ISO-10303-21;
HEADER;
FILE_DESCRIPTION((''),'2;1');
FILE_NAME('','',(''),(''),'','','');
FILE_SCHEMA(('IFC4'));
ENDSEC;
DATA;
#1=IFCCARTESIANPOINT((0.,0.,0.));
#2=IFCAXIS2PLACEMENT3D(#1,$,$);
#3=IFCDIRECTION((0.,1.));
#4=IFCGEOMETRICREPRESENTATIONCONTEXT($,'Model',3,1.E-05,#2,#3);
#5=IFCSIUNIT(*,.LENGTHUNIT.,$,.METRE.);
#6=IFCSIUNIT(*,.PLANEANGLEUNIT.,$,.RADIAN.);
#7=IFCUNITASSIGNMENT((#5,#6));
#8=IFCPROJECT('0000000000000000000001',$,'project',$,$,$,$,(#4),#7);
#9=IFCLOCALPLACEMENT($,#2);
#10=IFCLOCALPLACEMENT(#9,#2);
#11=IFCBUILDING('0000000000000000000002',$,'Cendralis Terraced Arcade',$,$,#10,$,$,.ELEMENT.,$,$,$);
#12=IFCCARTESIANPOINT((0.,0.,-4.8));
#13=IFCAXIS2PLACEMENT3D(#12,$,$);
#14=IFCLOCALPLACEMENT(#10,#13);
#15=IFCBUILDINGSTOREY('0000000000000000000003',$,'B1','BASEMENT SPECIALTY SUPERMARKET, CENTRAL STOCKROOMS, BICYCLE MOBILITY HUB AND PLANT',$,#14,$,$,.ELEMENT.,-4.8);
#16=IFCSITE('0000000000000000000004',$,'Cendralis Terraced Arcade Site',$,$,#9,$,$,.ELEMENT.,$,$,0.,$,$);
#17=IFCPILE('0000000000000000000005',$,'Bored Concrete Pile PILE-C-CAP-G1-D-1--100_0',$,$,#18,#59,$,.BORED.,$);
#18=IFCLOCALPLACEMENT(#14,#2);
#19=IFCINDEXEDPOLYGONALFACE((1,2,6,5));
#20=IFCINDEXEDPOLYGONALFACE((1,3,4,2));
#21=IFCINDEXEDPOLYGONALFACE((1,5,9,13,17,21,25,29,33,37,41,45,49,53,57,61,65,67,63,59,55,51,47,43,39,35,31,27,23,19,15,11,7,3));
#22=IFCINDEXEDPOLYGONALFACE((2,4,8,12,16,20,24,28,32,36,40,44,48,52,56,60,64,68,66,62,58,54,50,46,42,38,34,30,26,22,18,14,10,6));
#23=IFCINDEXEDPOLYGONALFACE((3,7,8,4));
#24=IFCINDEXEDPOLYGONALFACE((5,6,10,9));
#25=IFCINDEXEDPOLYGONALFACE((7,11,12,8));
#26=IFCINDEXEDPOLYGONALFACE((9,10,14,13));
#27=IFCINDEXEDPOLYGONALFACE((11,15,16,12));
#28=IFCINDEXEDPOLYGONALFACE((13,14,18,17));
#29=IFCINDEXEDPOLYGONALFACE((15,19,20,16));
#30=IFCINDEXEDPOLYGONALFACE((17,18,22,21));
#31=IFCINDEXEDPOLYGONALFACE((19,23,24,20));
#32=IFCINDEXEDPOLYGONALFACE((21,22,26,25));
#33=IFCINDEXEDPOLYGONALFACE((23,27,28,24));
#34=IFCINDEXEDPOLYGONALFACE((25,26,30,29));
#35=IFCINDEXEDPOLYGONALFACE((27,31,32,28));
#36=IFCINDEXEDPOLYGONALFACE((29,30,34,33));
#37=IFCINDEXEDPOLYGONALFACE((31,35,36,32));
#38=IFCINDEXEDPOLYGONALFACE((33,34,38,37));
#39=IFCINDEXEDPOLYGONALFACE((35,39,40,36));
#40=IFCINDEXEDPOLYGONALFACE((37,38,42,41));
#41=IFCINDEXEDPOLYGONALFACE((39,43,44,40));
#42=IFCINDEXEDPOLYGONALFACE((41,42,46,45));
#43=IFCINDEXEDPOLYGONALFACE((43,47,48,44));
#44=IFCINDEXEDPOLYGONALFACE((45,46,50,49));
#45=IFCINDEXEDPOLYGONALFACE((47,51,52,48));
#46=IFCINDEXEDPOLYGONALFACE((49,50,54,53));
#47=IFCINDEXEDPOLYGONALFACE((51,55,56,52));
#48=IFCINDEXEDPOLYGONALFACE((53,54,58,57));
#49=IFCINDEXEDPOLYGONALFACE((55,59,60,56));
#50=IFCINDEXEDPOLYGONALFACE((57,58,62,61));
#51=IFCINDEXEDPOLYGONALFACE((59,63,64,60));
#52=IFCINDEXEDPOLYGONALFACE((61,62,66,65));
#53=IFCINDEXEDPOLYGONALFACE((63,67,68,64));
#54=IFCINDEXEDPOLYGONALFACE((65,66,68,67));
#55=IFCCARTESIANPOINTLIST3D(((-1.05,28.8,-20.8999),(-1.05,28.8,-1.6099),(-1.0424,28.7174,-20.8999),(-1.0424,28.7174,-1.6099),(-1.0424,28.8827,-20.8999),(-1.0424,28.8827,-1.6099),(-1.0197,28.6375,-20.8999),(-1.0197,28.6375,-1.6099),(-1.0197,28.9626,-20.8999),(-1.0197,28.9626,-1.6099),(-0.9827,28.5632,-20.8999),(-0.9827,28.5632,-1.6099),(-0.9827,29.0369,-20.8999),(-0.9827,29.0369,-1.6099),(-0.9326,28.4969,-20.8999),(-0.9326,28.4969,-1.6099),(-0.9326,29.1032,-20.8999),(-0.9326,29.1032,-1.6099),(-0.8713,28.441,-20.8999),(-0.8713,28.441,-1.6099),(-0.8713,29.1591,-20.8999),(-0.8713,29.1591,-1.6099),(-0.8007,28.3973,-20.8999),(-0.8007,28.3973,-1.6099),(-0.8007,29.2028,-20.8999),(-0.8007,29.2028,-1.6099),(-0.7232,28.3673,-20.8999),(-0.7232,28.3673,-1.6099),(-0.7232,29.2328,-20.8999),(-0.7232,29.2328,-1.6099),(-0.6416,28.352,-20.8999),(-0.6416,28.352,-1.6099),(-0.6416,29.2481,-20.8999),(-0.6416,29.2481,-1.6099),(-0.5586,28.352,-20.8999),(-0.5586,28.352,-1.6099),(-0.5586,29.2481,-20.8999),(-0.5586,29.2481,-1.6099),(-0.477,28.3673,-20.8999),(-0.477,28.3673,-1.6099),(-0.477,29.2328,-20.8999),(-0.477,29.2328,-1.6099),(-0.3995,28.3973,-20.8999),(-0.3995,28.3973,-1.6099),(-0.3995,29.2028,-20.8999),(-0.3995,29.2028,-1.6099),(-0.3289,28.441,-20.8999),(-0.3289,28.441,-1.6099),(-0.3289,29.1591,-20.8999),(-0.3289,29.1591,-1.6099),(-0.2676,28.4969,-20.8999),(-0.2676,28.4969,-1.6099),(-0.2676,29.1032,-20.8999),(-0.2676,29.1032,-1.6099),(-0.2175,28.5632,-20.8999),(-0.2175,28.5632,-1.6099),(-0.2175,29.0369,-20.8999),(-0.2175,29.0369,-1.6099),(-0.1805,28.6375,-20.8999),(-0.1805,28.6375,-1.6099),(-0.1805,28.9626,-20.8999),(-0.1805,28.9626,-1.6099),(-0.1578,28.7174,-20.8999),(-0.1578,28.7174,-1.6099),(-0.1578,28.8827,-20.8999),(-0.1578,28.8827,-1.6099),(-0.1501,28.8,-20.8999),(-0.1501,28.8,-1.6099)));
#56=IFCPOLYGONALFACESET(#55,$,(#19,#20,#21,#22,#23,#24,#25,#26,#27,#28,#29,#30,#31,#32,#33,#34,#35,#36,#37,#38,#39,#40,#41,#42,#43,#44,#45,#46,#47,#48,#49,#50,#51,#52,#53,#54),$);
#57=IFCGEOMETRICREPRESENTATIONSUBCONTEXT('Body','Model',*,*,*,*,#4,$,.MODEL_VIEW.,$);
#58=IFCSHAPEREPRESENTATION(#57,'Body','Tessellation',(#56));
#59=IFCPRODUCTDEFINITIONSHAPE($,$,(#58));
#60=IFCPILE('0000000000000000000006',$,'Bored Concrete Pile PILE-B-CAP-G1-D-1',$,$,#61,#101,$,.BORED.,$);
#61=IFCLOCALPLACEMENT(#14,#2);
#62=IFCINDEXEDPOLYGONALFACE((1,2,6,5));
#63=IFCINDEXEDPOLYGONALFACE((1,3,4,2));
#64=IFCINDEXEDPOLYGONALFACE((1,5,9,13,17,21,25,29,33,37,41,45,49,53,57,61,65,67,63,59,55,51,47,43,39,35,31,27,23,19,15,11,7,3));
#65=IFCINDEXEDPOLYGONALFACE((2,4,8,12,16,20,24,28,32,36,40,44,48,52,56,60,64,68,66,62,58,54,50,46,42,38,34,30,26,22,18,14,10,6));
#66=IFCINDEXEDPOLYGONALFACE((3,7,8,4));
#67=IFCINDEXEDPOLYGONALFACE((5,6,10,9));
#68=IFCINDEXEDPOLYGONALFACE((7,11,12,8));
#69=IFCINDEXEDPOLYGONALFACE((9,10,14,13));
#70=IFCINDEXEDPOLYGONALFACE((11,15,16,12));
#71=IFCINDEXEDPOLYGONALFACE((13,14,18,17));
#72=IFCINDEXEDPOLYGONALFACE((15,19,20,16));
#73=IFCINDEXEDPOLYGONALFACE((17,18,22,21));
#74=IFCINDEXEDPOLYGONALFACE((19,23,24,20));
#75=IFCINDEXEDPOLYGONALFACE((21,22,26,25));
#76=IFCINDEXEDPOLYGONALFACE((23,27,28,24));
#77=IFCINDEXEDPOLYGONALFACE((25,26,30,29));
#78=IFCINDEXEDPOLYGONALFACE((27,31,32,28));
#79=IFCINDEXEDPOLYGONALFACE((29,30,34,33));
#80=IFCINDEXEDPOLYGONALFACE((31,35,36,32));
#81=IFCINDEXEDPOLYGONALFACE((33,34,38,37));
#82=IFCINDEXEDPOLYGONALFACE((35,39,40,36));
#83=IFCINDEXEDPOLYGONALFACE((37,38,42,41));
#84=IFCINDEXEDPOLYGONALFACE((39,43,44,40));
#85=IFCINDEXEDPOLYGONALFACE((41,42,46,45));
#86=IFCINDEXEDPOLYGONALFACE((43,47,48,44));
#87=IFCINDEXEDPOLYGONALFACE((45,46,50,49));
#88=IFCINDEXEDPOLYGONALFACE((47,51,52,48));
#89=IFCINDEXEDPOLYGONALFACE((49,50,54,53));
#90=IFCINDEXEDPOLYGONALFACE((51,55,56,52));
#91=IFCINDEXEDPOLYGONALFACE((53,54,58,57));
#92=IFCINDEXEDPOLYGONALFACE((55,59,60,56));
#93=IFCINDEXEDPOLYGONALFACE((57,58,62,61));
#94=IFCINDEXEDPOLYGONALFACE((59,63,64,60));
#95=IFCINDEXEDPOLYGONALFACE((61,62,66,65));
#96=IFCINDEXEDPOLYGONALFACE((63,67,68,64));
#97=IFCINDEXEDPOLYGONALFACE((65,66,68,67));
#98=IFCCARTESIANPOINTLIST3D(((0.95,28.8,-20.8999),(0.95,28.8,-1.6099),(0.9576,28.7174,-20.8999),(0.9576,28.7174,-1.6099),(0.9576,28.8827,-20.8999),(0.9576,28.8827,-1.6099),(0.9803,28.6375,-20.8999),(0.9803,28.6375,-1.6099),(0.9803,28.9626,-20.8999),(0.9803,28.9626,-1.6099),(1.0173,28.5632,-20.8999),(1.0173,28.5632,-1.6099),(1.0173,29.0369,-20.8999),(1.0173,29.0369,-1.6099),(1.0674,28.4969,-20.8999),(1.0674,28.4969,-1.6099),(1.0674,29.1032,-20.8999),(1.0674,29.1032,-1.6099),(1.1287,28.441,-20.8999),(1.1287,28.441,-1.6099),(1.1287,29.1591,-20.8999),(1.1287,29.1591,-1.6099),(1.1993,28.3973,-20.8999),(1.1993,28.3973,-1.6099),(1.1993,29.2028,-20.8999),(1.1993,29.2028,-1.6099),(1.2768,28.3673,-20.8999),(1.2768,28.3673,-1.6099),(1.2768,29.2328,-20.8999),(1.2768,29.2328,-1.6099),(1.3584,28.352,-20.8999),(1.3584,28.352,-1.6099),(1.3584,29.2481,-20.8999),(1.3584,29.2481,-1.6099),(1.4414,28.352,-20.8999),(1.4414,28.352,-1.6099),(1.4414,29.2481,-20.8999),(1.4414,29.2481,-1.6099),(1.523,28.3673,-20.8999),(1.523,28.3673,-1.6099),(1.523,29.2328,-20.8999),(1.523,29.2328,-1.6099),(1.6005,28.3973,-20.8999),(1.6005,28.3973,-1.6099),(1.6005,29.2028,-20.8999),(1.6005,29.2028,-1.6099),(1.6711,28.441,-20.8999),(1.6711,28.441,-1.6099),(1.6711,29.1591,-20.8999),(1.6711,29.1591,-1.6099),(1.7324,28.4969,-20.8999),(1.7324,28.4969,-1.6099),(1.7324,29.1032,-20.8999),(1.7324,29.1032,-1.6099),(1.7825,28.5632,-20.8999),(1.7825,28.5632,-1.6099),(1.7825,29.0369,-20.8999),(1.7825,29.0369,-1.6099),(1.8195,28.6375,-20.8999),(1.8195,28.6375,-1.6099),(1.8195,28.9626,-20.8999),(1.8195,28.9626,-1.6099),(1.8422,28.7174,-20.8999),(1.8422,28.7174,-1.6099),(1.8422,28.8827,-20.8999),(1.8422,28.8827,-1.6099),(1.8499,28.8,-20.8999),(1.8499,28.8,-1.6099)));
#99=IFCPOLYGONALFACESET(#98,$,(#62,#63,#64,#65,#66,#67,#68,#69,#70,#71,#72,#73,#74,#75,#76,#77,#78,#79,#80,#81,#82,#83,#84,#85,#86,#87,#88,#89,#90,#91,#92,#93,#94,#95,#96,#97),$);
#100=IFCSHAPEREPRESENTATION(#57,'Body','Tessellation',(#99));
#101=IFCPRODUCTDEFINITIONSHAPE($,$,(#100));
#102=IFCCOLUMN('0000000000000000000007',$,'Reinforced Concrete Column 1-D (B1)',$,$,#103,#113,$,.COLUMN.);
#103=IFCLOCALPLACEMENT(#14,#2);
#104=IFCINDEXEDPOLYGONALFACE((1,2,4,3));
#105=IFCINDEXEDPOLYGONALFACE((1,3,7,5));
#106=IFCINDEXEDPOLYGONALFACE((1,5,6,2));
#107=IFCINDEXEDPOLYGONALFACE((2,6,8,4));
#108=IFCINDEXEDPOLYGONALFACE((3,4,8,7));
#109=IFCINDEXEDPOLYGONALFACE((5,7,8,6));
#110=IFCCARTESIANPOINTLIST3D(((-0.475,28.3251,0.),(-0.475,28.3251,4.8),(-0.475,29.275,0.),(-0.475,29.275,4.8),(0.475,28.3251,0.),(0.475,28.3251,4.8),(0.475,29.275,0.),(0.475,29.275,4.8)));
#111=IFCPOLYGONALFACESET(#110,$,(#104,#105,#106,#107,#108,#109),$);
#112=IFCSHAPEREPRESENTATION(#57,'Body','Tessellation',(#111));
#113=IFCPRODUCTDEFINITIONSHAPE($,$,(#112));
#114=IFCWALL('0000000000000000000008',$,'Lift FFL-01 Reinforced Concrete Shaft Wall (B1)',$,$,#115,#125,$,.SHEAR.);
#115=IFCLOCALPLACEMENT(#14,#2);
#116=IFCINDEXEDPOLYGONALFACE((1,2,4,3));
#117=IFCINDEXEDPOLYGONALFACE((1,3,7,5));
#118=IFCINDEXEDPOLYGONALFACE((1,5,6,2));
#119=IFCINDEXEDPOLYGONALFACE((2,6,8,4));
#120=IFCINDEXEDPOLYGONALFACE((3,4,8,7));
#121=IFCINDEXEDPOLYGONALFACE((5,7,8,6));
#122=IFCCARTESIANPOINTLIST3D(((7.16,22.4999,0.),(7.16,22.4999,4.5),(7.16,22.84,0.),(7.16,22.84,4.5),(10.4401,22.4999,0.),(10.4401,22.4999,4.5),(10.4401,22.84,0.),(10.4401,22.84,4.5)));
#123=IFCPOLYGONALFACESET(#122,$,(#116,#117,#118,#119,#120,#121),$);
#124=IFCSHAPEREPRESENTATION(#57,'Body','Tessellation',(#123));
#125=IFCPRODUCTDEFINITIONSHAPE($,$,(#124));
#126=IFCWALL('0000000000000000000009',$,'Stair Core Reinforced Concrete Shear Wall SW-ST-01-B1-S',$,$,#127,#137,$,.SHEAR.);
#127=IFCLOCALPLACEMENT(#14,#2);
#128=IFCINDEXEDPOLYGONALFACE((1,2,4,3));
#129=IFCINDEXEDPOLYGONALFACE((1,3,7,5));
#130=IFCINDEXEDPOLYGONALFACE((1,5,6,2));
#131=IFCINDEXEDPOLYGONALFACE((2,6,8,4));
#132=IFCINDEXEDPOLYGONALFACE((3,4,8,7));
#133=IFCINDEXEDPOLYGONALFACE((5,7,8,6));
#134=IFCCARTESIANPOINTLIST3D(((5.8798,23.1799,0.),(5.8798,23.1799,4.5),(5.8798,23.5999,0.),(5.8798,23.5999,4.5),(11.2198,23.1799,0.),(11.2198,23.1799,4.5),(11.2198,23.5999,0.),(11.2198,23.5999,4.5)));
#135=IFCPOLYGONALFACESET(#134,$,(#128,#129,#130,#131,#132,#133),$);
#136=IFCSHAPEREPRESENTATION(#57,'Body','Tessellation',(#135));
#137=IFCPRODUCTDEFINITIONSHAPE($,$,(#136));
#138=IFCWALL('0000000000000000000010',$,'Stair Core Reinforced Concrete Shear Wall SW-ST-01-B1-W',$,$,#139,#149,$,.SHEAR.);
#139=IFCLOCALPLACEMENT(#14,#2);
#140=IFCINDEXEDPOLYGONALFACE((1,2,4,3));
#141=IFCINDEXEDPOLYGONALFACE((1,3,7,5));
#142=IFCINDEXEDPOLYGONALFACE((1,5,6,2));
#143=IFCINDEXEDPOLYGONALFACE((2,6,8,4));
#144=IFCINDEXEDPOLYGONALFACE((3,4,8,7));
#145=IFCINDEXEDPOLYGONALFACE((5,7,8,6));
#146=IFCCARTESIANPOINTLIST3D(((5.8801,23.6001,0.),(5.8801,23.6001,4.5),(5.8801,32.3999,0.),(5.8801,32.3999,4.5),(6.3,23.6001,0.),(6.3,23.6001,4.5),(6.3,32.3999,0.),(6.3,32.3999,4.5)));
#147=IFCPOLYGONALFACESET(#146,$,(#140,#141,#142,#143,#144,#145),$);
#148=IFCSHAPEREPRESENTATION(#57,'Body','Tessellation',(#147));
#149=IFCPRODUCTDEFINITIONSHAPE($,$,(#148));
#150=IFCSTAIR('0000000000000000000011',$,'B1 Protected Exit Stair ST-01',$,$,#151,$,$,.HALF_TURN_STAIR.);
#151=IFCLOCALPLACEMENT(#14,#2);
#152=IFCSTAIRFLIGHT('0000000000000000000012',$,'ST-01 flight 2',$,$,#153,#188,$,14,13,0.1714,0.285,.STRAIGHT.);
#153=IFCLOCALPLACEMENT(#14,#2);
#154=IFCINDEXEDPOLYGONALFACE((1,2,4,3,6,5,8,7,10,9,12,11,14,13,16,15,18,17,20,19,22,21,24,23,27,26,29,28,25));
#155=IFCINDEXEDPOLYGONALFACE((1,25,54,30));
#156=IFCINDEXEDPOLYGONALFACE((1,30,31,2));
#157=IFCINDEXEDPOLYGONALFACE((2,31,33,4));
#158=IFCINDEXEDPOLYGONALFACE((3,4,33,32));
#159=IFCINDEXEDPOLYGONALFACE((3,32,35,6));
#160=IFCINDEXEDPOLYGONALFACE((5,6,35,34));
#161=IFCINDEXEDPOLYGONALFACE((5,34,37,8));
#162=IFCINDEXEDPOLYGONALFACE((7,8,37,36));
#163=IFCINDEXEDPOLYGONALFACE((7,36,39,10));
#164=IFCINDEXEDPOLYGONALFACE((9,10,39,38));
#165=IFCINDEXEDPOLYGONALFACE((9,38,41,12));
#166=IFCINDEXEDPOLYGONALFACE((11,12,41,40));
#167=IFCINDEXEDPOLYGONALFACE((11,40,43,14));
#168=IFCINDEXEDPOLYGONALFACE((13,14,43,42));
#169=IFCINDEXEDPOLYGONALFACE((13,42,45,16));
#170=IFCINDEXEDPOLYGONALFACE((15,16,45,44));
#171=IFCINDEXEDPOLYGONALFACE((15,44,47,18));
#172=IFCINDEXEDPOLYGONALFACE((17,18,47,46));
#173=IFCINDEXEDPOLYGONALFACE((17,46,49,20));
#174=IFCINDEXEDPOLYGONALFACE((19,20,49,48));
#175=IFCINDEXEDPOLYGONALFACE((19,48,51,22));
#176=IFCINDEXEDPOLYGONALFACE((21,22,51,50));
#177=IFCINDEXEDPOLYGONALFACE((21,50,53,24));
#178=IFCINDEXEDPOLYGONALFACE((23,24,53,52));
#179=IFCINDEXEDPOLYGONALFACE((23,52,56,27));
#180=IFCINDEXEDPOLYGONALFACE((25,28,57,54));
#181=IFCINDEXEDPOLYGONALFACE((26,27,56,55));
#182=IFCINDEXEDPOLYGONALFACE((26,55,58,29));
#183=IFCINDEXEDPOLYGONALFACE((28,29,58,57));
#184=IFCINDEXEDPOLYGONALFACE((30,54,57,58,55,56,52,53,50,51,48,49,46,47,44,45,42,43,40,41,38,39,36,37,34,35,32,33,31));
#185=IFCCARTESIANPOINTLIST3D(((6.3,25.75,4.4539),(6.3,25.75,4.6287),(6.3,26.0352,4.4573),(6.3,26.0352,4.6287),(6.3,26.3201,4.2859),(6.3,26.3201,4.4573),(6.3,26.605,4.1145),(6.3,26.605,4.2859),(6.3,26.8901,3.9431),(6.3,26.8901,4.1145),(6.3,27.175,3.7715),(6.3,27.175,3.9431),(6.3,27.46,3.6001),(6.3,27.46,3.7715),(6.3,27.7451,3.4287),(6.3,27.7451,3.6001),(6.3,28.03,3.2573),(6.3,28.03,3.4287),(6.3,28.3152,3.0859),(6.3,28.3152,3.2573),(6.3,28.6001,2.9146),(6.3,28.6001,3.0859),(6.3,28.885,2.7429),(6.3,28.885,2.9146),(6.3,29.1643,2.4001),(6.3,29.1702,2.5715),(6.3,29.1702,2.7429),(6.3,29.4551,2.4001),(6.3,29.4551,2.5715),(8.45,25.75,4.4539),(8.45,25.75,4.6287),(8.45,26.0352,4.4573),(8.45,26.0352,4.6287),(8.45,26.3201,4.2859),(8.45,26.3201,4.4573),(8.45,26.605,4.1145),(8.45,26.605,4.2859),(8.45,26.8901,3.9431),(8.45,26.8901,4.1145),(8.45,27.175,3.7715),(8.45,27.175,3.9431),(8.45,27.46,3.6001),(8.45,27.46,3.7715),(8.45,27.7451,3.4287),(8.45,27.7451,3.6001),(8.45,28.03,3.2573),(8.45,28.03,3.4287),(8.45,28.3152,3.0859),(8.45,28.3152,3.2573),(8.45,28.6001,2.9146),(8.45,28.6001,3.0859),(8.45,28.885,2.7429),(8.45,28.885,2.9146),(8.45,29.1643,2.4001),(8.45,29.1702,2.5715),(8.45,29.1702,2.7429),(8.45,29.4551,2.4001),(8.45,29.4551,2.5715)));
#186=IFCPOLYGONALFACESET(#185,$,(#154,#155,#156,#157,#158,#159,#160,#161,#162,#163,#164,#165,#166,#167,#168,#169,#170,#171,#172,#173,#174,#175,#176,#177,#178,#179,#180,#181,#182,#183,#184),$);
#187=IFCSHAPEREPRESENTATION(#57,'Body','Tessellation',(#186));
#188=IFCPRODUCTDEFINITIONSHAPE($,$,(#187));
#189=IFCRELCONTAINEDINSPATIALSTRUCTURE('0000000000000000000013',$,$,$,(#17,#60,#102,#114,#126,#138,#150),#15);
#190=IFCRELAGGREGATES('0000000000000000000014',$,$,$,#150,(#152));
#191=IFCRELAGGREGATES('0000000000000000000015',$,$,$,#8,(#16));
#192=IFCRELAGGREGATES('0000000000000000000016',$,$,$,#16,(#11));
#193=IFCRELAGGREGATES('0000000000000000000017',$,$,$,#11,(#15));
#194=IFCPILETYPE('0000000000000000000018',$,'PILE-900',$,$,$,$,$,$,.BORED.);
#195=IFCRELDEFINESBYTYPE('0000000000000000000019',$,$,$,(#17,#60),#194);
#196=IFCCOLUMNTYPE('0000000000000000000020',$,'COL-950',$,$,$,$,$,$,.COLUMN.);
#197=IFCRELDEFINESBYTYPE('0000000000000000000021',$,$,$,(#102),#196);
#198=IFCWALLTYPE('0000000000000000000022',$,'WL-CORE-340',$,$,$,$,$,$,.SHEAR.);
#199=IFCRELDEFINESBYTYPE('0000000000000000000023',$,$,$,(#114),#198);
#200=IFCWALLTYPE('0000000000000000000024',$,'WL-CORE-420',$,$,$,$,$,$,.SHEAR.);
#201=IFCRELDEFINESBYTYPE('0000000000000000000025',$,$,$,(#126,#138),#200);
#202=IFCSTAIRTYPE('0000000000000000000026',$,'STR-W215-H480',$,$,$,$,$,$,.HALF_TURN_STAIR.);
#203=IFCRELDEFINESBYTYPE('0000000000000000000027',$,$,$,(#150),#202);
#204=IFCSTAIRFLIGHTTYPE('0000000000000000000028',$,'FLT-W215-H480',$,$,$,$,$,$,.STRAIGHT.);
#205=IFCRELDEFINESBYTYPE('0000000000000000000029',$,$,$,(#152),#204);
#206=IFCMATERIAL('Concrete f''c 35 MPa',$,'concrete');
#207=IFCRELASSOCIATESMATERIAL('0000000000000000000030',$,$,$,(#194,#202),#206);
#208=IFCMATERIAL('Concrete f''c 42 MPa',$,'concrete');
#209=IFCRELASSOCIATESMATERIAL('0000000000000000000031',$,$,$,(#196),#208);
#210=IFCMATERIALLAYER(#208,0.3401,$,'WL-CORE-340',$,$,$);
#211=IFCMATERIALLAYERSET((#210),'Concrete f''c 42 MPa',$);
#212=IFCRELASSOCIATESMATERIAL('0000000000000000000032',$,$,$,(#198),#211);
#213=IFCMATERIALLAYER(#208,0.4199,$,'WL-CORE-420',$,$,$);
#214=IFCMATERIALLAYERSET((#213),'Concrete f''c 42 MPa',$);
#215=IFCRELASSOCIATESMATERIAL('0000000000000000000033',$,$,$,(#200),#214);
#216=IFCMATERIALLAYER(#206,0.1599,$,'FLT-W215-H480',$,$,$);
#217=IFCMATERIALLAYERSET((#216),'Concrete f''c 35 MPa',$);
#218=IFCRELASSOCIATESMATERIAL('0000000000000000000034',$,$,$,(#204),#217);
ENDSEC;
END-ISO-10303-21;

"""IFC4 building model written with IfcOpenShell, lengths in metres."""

from ifc_helpers import new_model, si_unit, direction, frame, frame_2d, origin, origin_2d, place, context, subcontext, project, spatial, polyline, rectangle, circle, outline, extrude, material, layer, layer_set, material_profile, profile_set, type_object, element, aggregate, save


model = new_model("IFC4")

# Units and contexts
model_context = context("Model", 3, precision=1e-05, world=origin(), true_north=direction((0.0, 1.0)))
body_context = subcontext(model_context, "Body", "Model", "MODEL_VIEW")
ifc_project = project(units=[si_unit("LENGTHUNIT", "METRE"), si_unit("PLANEANGLEUNIT", "RADIAN")], contexts=[model_context])

# Site, building, storey
site_placement = place(None, origin())
site = spatial("IfcSite", under=ifc_project, at=site_placement, Name="Cendralis Terraced Arcade Site", CompositionType="ELEMENT", RefElevation=0.0)
building_placement = place(site_placement, origin())
building = spatial("IfcBuilding", under=site, at=building_placement, Name="Cendralis Terraced Arcade", CompositionType="ELEMENT")
storey_placement = place(building_placement, frame((0.0, 0.0, -4.8)))
storey = spatial("IfcBuildingStorey", under=building, at=storey_placement, Name="B1", Description="BASEMENT SPECIALTY SUPERMARKET, CENTRAL STOCKROOMS, BICYCLE MOBILITY HUB AND PLANT", CompositionType="ELEMENT", Elevation=-4.8)

# Shared definitions
ifc_material_1 = material(Name="Concrete f'c 35 MPa", Category="concrete")

# Piles
ifc_material_profile_1 = material_profile(ifc_material_1, circle(Radius=0.45, at=origin_2d()), Name="PILE-D900", Category="LoadBearing")
ifc_profile_set_1 = profile_set([ifc_material_profile_1], Name="Concrete f'c 35 MPa")
pile_type_1 = type_object("IfcPileType", Name="PILE-900", PredefinedType="BORED", material=ifc_profile_set_1)
for number, where, z_axis, x_axis, name in (
    (1, (-0.6001, 28.8, -1.6099), (0.0, 0.0, -1.0), (1.0, 0.0, 0.0), "Bored Concrete Pile PILE-C-CAP-G1-D-1--100_0"),
    (2, (1.3999, 28.8, -1.6099), (0.0, 0.0, -1.0), (1.0, 0.0, 0.0), "Bored Concrete Pile PILE-B-CAP-G1-D-1"),
):
    element("IfcPile", number, at=place(storey_placement, frame(where, z_axis=z_axis, x_axis=x_axis)), inside=storey, type_object=pile_type_1, Name=name, PredefinedType="BORED", context=body_context, shape_type="SweptSolid", body=[
        extrude(circle(Radius=0.45, at=origin_2d()), origin(), (0.0, 0.0, 1.0), 19.29),
    ])

# Column
ifc_material_2 = material(Name="Concrete f'c 42 MPa", Category="concrete")
ifc_material_profile_2 = material_profile(ifc_material_2, rectangle(XDim=0.95, YDim=0.95, at=origin_2d()), Name="RC-COL-950x950", Category="LoadBearing")
ifc_profile_set_2 = profile_set([ifc_material_profile_2], Name="Concrete f'c 42 MPa")
column_type = type_object("IfcColumnType", Name="COL-950", PredefinedType="COLUMN", material=ifc_profile_set_2)
column_placement = place(storey_placement, frame((0.0, 28.8, 0.0), z_axis=(0.0, 0.0, 1.0), x_axis=(1.0, 0.0, 0.0)))
element("IfcColumn", 3, at=column_placement, inside=storey, type_object=column_type, Name="Reinforced Concrete Column 1-D (B1)", PredefinedType="COLUMN", context=body_context, shape_type="SweptSolid", body=[
    extrude(rectangle(XDim=0.95, YDim=0.95, at=origin_2d()), origin(), (0.0, 0.0, 1.0), 4.8),
])

# Walls
ifc_layer_1 = layer(ifc_material_2, 0.3401, Name="WL-CORE-340")
ifc_layer_set_1 = layer_set([ifc_layer_1], Name="Concrete f'c 42 MPa")
wall_type_1 = type_object("IfcWallType", Name="WL-CORE-340", PredefinedType="SHEAR", material=ifc_layer_set_1)
wall_1_placement = place(storey_placement, frame((7.1599, 22.6699, 0.0), z_axis=(0.0, 0.0, 1.0), x_axis=(1.0, 0.0, 0.0)))
element("IfcWall", 4, at=wall_1_placement, inside=storey, type_object=wall_type_1, Name="Lift FFL-01 Reinforced Concrete Shaft Wall (B1)", PredefinedType="SHEAR", context=body_context, shape_type="SweptSolid", body=[
    extrude(rectangle(XDim=3.28, YDim=0.3401, at=frame_2d((1.6401, 0.0))), origin(), (0.0, 0.0, 1.0), 4.5),
])
ifc_layer_2 = layer(ifc_material_2, 0.4199, Name="WL-CORE-420")
ifc_layer_set_2 = layer_set([ifc_layer_2], Name="Concrete f'c 42 MPa")
wall_type_2 = type_object("IfcWallType", Name="WL-CORE-420", PredefinedType="SHEAR", material=ifc_layer_set_2)
wall_2_placement = place(storey_placement, frame((5.8799, 23.3899, 0.0), z_axis=(0.0, 0.0, 1.0), x_axis=(1.0, 0.0, 0.0)))
element("IfcWall", 5, at=wall_2_placement, inside=storey, type_object=wall_type_2, Name="Stair Core Reinforced Concrete Shear Wall SW-ST-01-B1-S", PredefinedType="SHEAR", context=body_context, shape_type="SweptSolid", body=[
    extrude(rectangle(XDim=5.3401, YDim=0.4199, at=frame_2d((2.6699, 0.0))), origin(), (0.0, 0.0, 1.0), 4.5),
])
wall_3_placement = place(storey_placement, frame((6.0901, 23.6001, 0.0), z_axis=(0.0, 0.0, 1.0), x_axis=(0.0, 1.0, 0.0)))
element("IfcWall", 6, at=wall_3_placement, inside=storey, type_object=wall_type_2, Name="Stair Core Reinforced Concrete Shear Wall SW-ST-01-B1-W", PredefinedType="SHEAR", context=body_context, shape_type="SweptSolid", body=[
    extrude(rectangle(XDim=8.7998, YDim=0.4199, at=frame_2d((4.3999, 0.0))), origin(), (0.0, 0.0, 1.0), 4.5),
])

# Stair, stair flight
stair_type = type_object("IfcStairType", Name="STR-W215-H480", PredefinedType="HALF_TURN_STAIR", material=ifc_material_1)
stair_placement = place(storey_placement, origin())
stair = element("IfcStair", 7, at=stair_placement, inside=storey, type_object=stair_type, Name="B1 Protected Exit Stair ST-01", PredefinedType="HALF_TURN_STAIR")
ifc_layer_3 = layer(ifc_material_1, 0.1599, Name="FLT-W215-H480")
ifc_layer_set_3 = layer_set([ifc_layer_3], Name="Concrete f'c 35 MPa")
stair_flight_type = type_object("IfcStairFlightType", Name="FLT-W215-H480", PredefinedType="STRAIGHT", material=ifc_layer_set_3)
stair_flight_placement = place(storey_placement, frame((7.375, 29.4551, 2.4001), z_axis=(0.0, 0.0, 1.0), x_axis=(0.0, -1.0, 0.0)))
stair_flight = element("IfcStairFlight", 8, at=stair_flight_placement, type_object=stair_flight_type, Name="ST-01 flight 2", NumberOfRisers=14, NumberOfTreads=13, PredefinedType="STRAIGHT", RiserHeight=0.1714, TreadLength=0.285, context=body_context, shape_type="SweptSolid", body=[
    extrude(outline(polyline([(0.0, 0.0), (0.0, 0.1714), (0.2849, 0.1714), (0.2849, 0.3428), (0.5701, 0.3428), (0.5701, 0.5144), (0.855, 0.5144), (0.855, 0.6858), (1.1399, 0.6858), (1.1399, 0.8572), (1.425, 0.8572), (1.425, 1.0286), (1.71, 1.0286), (1.71, 1.2), (1.9951, 1.2), (1.9951, 1.3713), (2.28, 1.3713), (2.28, 1.543), (2.5649, 1.543), (2.5649, 1.7144), (2.8501, 1.7144), (2.8501, 1.8857), (3.135, 1.8857), (3.135, 2.0571), (3.4199, 2.0571), (3.4199, 2.2285), (3.7051, 2.2285), (3.7051, 2.3999), (3.7051, 2.0537), (0.2908, 0.0), (0.0, 0.0)])), frame((0.0, 1.075, 0.0), z_axis=(0.0, -1.0, 0.0), x_axis=(1.0, 0.0, 0.0)), (0.0, 0.0, 1.0), 2.1499),
])
aggregate(stair, [stair_flight])

save(model, "model.ifc")
